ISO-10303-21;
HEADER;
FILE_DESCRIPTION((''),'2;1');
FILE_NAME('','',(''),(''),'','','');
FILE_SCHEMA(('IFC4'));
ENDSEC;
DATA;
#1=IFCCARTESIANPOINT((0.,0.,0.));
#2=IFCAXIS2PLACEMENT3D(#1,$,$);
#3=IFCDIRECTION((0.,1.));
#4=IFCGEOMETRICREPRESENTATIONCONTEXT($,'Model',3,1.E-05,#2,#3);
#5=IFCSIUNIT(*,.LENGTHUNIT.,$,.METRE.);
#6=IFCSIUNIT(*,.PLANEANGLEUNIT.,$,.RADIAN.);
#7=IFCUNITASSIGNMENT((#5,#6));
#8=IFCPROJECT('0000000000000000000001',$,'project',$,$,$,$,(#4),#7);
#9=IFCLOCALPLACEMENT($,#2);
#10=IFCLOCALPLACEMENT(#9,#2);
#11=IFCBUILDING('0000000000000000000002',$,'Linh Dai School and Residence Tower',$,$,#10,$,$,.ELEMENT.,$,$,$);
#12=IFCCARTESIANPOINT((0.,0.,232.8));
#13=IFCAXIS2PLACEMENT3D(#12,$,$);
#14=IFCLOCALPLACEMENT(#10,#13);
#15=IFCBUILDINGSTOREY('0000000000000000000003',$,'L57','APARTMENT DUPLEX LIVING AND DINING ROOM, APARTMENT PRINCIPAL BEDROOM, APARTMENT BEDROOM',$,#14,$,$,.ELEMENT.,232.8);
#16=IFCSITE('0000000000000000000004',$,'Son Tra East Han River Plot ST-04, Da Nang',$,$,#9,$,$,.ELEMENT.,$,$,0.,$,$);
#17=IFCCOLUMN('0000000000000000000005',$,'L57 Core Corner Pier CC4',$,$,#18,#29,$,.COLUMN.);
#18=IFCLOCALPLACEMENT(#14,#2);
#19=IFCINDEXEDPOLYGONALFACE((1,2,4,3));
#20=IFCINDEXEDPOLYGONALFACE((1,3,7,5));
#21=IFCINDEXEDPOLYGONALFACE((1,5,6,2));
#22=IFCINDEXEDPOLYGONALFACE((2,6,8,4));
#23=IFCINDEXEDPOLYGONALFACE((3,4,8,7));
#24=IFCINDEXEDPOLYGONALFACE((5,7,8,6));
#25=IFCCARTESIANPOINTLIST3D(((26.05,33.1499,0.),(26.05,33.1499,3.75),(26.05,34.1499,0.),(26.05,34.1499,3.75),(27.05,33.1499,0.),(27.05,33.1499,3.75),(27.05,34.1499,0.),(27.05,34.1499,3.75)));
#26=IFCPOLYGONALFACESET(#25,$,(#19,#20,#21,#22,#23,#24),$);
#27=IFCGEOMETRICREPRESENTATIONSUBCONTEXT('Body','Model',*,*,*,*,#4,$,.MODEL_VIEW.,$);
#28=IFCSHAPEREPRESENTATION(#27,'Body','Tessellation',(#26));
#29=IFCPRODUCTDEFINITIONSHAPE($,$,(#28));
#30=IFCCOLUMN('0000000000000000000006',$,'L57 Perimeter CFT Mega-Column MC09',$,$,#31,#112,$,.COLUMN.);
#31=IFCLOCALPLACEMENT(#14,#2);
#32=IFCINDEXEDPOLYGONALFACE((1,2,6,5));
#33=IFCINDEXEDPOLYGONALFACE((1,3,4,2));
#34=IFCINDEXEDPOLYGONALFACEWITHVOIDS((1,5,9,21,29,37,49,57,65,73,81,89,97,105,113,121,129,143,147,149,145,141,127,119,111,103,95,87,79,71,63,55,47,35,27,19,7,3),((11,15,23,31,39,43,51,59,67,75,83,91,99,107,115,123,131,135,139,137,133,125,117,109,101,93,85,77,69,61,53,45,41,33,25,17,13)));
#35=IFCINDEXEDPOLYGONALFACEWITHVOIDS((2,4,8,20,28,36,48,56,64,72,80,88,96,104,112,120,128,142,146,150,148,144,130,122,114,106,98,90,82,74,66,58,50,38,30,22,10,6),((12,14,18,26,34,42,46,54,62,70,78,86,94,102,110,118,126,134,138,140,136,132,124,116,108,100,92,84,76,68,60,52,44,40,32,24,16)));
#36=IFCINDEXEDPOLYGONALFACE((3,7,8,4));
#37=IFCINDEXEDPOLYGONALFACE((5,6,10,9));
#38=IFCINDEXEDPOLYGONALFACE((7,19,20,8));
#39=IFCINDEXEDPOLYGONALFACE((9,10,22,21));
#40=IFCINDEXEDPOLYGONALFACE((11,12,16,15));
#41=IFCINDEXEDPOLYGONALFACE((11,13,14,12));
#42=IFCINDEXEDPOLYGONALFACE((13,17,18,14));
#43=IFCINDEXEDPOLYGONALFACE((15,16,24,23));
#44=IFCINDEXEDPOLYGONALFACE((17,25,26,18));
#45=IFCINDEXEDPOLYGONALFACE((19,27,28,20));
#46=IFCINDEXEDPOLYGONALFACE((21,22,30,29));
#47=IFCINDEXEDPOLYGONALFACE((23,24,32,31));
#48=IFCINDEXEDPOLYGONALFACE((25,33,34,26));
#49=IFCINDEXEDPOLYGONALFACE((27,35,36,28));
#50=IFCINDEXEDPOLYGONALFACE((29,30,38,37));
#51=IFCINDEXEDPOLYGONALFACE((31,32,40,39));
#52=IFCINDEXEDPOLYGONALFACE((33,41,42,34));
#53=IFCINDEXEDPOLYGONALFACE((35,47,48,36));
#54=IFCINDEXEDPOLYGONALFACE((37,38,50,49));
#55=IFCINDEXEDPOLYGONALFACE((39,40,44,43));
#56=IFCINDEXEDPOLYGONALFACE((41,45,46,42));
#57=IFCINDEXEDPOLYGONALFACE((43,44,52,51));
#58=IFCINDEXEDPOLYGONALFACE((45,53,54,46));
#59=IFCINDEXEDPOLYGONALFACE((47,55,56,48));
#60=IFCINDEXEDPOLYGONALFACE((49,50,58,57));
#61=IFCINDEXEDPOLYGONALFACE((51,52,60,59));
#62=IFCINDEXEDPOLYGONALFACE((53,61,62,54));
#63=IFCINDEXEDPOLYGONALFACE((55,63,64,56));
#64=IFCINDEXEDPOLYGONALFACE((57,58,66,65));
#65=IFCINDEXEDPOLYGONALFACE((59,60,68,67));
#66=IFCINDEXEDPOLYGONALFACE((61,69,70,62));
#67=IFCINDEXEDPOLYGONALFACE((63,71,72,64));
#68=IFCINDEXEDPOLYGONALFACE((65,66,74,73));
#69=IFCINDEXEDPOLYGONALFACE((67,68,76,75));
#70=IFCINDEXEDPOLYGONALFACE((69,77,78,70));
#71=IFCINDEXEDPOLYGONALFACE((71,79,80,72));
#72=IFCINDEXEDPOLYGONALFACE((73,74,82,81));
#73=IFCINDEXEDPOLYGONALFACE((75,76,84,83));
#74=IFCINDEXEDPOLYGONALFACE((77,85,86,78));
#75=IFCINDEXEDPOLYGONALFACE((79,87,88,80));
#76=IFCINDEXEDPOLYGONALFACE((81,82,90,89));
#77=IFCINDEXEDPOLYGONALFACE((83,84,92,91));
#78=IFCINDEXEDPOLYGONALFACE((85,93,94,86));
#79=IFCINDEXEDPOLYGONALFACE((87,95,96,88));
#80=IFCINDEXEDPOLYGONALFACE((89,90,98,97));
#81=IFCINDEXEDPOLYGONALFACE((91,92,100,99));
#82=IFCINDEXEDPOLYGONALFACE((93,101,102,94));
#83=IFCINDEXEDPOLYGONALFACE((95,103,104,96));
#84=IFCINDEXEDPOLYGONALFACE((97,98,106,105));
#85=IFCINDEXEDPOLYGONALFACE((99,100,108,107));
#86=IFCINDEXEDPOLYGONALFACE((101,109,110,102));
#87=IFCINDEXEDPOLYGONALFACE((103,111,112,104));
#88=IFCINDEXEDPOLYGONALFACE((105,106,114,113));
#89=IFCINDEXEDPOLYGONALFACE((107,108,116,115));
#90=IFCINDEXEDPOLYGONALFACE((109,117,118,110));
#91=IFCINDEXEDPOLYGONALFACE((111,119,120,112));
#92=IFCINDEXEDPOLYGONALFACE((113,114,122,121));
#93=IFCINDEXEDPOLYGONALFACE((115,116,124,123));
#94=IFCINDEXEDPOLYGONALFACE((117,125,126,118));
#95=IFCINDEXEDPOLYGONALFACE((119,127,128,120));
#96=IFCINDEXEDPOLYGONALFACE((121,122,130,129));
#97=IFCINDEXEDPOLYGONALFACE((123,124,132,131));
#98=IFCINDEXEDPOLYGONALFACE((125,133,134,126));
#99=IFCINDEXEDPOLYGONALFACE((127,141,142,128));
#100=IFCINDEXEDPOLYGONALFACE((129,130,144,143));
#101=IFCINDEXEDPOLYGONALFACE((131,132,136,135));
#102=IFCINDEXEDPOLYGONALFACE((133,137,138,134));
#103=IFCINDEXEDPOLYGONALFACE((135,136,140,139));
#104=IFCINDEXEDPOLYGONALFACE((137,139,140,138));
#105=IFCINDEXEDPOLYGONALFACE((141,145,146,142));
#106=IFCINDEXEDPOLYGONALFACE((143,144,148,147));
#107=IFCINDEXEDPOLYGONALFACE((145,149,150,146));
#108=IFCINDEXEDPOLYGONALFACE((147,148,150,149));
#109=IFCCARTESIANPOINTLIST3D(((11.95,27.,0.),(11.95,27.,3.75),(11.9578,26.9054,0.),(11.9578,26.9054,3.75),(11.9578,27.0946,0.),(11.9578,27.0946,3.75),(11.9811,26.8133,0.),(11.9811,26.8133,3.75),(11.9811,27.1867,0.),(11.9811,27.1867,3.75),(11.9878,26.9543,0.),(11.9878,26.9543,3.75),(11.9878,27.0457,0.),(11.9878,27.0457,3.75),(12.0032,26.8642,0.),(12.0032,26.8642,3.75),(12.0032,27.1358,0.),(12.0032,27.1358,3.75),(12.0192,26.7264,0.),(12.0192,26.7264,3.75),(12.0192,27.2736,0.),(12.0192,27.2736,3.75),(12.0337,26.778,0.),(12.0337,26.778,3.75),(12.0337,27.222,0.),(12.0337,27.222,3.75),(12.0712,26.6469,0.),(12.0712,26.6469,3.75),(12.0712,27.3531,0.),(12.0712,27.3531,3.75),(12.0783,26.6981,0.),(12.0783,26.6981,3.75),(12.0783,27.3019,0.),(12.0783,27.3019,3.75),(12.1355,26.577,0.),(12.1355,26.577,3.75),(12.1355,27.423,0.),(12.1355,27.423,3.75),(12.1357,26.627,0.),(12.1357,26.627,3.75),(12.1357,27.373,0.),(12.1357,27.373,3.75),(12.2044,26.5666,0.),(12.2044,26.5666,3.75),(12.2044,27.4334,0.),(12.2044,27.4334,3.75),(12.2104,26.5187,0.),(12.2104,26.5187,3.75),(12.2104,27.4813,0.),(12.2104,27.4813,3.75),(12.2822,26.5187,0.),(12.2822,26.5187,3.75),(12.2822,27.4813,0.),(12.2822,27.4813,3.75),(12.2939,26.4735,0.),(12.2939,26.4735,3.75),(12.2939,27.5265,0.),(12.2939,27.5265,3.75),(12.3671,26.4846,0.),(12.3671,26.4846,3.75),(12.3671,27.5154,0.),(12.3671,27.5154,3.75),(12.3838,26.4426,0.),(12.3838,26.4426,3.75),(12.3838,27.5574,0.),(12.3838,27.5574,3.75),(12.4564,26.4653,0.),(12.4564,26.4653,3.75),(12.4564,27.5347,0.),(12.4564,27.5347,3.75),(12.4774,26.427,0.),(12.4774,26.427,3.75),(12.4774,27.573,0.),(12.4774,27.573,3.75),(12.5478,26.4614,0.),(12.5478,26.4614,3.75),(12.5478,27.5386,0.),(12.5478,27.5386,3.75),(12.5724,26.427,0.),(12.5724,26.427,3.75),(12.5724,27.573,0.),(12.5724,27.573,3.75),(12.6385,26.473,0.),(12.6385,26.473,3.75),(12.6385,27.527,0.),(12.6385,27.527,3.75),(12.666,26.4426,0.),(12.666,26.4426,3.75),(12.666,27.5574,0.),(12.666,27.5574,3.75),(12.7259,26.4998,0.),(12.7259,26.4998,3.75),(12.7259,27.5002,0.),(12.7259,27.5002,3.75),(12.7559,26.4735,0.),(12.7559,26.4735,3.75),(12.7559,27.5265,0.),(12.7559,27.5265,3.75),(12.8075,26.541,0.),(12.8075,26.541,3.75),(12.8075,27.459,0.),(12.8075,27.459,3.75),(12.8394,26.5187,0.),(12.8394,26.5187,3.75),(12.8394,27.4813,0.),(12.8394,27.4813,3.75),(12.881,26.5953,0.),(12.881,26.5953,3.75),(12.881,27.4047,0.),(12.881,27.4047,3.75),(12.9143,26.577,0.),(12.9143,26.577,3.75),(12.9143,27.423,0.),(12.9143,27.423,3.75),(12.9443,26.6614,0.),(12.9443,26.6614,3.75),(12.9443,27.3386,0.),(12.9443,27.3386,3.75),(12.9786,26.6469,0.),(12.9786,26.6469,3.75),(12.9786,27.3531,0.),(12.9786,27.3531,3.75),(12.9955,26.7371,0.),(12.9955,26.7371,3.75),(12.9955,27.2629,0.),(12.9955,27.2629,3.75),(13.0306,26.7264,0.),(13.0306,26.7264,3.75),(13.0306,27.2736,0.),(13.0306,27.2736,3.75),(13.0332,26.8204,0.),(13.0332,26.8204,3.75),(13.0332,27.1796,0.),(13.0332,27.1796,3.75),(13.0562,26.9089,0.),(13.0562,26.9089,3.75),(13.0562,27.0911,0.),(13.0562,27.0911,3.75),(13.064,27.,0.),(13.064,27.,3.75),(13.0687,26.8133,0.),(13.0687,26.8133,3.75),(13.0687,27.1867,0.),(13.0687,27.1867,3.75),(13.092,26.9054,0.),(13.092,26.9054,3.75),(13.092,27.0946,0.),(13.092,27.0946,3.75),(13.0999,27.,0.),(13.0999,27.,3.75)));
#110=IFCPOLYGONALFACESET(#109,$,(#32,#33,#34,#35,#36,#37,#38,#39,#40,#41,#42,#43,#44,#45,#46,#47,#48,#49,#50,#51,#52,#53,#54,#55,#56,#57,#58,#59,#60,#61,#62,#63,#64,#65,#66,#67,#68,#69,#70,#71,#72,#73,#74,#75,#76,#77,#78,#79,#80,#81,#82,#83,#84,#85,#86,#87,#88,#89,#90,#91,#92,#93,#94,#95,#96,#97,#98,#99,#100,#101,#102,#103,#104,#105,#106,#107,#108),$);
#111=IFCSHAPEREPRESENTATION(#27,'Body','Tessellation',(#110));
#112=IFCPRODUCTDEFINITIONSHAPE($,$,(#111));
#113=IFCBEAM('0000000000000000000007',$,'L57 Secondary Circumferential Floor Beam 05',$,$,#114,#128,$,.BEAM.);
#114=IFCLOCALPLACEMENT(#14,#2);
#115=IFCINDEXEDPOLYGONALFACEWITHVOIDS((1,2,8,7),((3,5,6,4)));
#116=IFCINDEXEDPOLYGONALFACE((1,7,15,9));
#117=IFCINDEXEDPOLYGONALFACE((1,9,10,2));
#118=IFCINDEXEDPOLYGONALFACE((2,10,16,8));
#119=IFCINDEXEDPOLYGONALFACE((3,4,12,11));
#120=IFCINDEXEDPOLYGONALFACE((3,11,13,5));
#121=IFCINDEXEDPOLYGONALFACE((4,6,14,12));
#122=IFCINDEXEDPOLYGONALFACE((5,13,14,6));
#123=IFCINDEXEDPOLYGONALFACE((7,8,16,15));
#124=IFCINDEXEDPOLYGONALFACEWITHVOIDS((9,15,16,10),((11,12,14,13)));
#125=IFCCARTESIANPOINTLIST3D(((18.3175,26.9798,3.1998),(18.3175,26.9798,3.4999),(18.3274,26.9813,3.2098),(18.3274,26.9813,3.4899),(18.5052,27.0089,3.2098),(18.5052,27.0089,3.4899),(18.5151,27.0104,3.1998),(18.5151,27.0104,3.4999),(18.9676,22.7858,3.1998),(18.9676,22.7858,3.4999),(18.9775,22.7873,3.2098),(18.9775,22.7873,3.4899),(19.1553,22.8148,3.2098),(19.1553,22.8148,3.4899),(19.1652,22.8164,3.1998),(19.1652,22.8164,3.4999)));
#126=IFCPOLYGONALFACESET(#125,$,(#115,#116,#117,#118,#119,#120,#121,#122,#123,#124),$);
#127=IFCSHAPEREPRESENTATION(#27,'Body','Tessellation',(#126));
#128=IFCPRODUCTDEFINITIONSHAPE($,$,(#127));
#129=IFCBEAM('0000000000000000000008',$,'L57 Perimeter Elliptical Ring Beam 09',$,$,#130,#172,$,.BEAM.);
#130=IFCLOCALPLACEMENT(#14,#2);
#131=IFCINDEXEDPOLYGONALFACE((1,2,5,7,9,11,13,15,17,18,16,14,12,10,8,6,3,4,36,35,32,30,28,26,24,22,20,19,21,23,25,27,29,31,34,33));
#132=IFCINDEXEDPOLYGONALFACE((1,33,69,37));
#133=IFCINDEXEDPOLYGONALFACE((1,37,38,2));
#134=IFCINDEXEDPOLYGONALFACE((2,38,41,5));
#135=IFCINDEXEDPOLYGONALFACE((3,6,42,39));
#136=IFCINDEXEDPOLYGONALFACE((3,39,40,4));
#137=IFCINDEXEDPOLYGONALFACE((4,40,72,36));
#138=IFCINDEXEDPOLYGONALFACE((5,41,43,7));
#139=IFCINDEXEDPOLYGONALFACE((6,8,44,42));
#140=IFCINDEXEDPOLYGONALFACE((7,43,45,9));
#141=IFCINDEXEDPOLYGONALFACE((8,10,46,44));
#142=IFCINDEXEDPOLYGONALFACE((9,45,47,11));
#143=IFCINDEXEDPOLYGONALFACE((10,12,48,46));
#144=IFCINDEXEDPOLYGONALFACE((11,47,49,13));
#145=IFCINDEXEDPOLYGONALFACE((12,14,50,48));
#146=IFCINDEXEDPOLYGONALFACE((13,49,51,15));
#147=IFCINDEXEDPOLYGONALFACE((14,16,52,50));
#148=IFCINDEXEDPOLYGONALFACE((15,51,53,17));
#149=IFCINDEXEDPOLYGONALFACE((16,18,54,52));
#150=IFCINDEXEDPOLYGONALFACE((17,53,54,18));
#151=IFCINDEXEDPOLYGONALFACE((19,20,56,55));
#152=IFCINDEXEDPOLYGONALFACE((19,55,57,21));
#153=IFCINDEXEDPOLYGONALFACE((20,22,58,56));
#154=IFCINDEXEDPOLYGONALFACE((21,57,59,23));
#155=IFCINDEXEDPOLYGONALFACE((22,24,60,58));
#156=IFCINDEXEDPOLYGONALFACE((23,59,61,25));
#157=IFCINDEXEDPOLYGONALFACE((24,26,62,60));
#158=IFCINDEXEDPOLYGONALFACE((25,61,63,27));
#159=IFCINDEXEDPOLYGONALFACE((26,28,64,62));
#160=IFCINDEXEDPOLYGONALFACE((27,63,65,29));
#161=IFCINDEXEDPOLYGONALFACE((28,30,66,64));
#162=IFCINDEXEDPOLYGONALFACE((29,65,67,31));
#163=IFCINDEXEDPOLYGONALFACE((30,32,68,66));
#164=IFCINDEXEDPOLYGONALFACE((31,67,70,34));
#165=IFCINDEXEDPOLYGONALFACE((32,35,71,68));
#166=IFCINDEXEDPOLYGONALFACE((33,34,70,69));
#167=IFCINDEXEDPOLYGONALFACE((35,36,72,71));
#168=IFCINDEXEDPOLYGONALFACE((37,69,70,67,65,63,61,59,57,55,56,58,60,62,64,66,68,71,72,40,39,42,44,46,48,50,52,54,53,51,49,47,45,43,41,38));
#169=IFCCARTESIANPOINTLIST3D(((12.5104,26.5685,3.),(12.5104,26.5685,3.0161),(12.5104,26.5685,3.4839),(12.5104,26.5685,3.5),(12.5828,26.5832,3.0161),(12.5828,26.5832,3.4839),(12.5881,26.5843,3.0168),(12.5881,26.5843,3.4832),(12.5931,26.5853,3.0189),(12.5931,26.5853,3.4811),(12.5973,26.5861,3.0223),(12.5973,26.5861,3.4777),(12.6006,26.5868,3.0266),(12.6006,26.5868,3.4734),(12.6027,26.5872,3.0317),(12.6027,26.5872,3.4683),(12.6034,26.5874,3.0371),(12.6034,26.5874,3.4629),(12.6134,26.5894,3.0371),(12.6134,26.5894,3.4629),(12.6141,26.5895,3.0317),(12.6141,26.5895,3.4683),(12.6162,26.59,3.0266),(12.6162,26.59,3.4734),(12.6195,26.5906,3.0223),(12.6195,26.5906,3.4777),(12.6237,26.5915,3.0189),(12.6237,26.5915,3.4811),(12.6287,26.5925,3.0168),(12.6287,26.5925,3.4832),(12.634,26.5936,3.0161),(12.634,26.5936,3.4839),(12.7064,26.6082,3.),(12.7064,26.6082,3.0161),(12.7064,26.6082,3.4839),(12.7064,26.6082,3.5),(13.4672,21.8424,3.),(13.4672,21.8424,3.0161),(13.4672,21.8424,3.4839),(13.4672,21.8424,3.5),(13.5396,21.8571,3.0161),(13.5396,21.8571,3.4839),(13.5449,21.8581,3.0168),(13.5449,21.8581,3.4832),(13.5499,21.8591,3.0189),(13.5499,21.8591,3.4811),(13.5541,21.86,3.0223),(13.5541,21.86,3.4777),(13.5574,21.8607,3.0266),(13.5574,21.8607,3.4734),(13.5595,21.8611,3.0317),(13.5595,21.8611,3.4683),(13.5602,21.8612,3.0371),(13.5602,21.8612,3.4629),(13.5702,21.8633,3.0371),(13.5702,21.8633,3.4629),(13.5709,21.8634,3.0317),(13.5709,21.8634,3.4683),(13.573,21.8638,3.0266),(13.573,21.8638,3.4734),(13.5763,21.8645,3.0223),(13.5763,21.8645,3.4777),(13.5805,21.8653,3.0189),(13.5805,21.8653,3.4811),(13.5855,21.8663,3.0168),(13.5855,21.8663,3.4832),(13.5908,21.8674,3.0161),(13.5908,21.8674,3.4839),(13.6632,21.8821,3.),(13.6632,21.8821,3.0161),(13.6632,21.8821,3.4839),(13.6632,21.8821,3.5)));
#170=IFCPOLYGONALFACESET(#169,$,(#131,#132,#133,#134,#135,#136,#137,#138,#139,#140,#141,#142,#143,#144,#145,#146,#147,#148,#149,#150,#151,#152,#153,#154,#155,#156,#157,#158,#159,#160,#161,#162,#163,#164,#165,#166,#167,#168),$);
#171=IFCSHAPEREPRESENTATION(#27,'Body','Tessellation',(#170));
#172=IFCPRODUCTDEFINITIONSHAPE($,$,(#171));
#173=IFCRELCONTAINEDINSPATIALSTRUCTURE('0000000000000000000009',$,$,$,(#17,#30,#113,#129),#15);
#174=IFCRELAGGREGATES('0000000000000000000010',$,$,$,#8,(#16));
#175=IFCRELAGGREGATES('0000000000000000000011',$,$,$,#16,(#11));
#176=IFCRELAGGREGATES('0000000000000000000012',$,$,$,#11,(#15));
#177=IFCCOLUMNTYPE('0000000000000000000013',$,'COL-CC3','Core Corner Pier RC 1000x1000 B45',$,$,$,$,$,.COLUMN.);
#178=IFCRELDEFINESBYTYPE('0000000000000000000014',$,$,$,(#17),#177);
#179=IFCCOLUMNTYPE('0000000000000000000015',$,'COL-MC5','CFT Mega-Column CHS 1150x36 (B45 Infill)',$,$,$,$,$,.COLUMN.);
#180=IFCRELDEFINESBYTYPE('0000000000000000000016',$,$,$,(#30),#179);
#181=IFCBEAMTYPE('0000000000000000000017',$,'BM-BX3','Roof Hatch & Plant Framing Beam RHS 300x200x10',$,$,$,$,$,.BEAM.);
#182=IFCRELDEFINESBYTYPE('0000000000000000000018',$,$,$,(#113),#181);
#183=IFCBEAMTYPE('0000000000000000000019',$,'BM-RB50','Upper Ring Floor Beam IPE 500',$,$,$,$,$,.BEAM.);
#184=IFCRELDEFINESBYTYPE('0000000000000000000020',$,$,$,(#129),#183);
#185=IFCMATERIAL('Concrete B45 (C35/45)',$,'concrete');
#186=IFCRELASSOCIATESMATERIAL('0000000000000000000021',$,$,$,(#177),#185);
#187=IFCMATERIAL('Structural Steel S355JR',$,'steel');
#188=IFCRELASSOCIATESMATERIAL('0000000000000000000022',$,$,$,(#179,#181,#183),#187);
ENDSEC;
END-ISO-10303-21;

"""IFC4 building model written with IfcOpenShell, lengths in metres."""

from ifc_helpers import new_model, si_unit, direction, frame, origin, origin_2d, place, context, subcontext, project, spatial, rectangle, hollow_rectangle, hollow_circle, i_section, extrude, material, material_profile, profile_set, type_object, element, save


model = new_model("IFC4")

# Units and contexts
model_context = context("Model", 3, precision=1e-05, world=origin(), true_north=direction((0.0, 1.0)))
body_context = subcontext(model_context, "Body", "Model", "MODEL_VIEW")
ifc_project = project(units=[si_unit("LENGTHUNIT", "METRE"), si_unit("PLANEANGLEUNIT", "RADIAN")], contexts=[model_context])

# Site, building, storey
site_placement = place(None, origin())
site = spatial("IfcSite", under=ifc_project, at=site_placement, Name="Son Tra East Han River Plot ST-04, Da Nang", CompositionType="ELEMENT", RefElevation=0.0)
building_placement = place(site_placement, origin())
building = spatial("IfcBuilding", under=site, at=building_placement, Name="Linh Dai School and Residence Tower", CompositionType="ELEMENT")
storey_placement = place(building_placement, frame((0.0, 0.0, 232.8)))
storey = spatial("IfcBuildingStorey", under=building, at=storey_placement, Name="L57", Description="APARTMENT DUPLEX LIVING AND DINING ROOM, APARTMENT PRINCIPAL BEDROOM, APARTMENT BEDROOM", CompositionType="ELEMENT", Elevation=232.8)

# Columns
ifc_material_1 = material(Name="Concrete B45 (C35/45)", Category="concrete")
ifc_material_profile_1 = material_profile(ifc_material_1, rectangle(XDim=1.0, YDim=1.0, at=origin_2d()), Name="RC 1000x1000")
ifc_profile_set_1 = profile_set([ifc_material_profile_1], Name="Concrete B45 (C35/45)")
column_type_1 = type_object("IfcColumnType", Name="COL-CC3", Description="Core Corner Pier RC 1000x1000 B45", PredefinedType="COLUMN", material=ifc_profile_set_1)
column_1_placement = place(storey_placement, frame((26.55, 33.6499, 0.0), z_axis=(0.0, 0.0, 1.0), x_axis=(1.0, 0.0, 0.0)))
element("IfcColumn", 1, at=column_1_placement, inside=storey, type_object=column_type_1, Name="L57 Core Corner Pier CC4", PredefinedType="COLUMN", context=body_context, shape_type="SweptSolid", body=[
    extrude(rectangle(XDim=1.0, YDim=1.0, at=origin_2d()), origin(), (0.0, 0.0, 1.0), 3.75),
])
ifc_material_2 = material(Name="Structural Steel S355JR", Category="steel")
ifc_material_profile_2 = material_profile(ifc_material_2, hollow_circle(Radius=0.575, WallThickness=0.0359, at=origin_2d()), Name="CHS 1150x36")
ifc_profile_set_2 = profile_set([ifc_material_profile_2], Name="Structural Steel S355JR")
column_type_2 = type_object("IfcColumnType", Name="COL-MC5", Description="CFT Mega-Column CHS 1150x36 (B45 Infill)", PredefinedType="COLUMN", material=ifc_profile_set_2)
column_2_placement = place(storey_placement, frame((12.5249, 27.0, 0.0), z_axis=(0.0, 0.0, 1.0), x_axis=(1.0, 0.0, 0.0)))
element("IfcColumn", 2, at=column_2_placement, inside=storey, type_object=column_type_2, Name="L57 Perimeter CFT Mega-Column MC09", PredefinedType="COLUMN", context=body_context, shape_type="SweptSolid", body=[
    extrude(hollow_circle(Radius=0.575, WallThickness=0.0359, at=origin_2d()), origin(), (0.0, 0.0, 1.0), 3.75),
])

# Beams
ifc_material_profile_3 = material_profile(ifc_material_2, hollow_rectangle(XDim=0.2, YDim=0.3, WallThickness=0.01, at=origin_2d()), Name="RHS 300x200x10")
ifc_profile_set_3 = profile_set([ifc_material_profile_3], Name="Structural Steel S355JR")
beam_type_1 = type_object("IfcBeamType", Name="BM-BX3", Description="Roof Hatch & Plant Framing Beam RHS 300x200x10", PredefinedType="BEAM", material=ifc_profile_set_3)
beam_1_placement = place(storey_placement, frame((18.4163, 26.9951, 3.3499), z_axis=(0.153185, -0.988197, 0.0), x_axis=(0.988197, 0.153185, 0.0)))
element("IfcBeam", 3, at=beam_1_placement, inside=storey, type_object=beam_type_1, Name="L57 Secondary Circumferential Floor Beam 05", PredefinedType="BEAM", context=body_context, shape_type="SweptSolid", body=[
    extrude(hollow_rectangle(XDim=0.2, YDim=0.3, WallThickness=0.01, at=origin_2d()), origin(), (0.0, 0.0, 1.0), 4.2441),
])
ifc_material_profile_4 = material_profile(ifc_material_2, i_section(OverallWidth=0.2, OverallDepth=0.5, WebThickness=0.0103, FlangeThickness=0.0161, FilletRadius=0.021, at=origin_2d()), Name="IPE 500")
ifc_profile_set_4 = profile_set([ifc_material_profile_4], Name="Structural Steel S355JR")
beam_type_2 = type_object("IfcBeamType", Name="BM-RB50", Description="Upper Ring Floor Beam IPE 500", PredefinedType="BEAM", material=ifc_profile_set_4)
beam_2_placement = place(storey_placement, frame((12.6084, 26.5884, 3.25), z_axis=(0.198423, -0.980116, 0.0), x_axis=(0.980116, 0.198423, 0.0)))
element("IfcBeam", 4, at=beam_2_placement, inside=storey, type_object=beam_type_2, Name="L57 Perimeter Elliptical Ring Beam 09", PredefinedType="BEAM", context=body_context, shape_type="SweptSolid", body=[
    extrude(i_section(OverallWidth=0.2, OverallDepth=0.5, WebThickness=0.0103, FlangeThickness=0.0161, FilletRadius=0.021, at=origin_2d()), origin(), (0.0, 0.0, 1.0), 4.822),
])

save(model, "model.ifc")
